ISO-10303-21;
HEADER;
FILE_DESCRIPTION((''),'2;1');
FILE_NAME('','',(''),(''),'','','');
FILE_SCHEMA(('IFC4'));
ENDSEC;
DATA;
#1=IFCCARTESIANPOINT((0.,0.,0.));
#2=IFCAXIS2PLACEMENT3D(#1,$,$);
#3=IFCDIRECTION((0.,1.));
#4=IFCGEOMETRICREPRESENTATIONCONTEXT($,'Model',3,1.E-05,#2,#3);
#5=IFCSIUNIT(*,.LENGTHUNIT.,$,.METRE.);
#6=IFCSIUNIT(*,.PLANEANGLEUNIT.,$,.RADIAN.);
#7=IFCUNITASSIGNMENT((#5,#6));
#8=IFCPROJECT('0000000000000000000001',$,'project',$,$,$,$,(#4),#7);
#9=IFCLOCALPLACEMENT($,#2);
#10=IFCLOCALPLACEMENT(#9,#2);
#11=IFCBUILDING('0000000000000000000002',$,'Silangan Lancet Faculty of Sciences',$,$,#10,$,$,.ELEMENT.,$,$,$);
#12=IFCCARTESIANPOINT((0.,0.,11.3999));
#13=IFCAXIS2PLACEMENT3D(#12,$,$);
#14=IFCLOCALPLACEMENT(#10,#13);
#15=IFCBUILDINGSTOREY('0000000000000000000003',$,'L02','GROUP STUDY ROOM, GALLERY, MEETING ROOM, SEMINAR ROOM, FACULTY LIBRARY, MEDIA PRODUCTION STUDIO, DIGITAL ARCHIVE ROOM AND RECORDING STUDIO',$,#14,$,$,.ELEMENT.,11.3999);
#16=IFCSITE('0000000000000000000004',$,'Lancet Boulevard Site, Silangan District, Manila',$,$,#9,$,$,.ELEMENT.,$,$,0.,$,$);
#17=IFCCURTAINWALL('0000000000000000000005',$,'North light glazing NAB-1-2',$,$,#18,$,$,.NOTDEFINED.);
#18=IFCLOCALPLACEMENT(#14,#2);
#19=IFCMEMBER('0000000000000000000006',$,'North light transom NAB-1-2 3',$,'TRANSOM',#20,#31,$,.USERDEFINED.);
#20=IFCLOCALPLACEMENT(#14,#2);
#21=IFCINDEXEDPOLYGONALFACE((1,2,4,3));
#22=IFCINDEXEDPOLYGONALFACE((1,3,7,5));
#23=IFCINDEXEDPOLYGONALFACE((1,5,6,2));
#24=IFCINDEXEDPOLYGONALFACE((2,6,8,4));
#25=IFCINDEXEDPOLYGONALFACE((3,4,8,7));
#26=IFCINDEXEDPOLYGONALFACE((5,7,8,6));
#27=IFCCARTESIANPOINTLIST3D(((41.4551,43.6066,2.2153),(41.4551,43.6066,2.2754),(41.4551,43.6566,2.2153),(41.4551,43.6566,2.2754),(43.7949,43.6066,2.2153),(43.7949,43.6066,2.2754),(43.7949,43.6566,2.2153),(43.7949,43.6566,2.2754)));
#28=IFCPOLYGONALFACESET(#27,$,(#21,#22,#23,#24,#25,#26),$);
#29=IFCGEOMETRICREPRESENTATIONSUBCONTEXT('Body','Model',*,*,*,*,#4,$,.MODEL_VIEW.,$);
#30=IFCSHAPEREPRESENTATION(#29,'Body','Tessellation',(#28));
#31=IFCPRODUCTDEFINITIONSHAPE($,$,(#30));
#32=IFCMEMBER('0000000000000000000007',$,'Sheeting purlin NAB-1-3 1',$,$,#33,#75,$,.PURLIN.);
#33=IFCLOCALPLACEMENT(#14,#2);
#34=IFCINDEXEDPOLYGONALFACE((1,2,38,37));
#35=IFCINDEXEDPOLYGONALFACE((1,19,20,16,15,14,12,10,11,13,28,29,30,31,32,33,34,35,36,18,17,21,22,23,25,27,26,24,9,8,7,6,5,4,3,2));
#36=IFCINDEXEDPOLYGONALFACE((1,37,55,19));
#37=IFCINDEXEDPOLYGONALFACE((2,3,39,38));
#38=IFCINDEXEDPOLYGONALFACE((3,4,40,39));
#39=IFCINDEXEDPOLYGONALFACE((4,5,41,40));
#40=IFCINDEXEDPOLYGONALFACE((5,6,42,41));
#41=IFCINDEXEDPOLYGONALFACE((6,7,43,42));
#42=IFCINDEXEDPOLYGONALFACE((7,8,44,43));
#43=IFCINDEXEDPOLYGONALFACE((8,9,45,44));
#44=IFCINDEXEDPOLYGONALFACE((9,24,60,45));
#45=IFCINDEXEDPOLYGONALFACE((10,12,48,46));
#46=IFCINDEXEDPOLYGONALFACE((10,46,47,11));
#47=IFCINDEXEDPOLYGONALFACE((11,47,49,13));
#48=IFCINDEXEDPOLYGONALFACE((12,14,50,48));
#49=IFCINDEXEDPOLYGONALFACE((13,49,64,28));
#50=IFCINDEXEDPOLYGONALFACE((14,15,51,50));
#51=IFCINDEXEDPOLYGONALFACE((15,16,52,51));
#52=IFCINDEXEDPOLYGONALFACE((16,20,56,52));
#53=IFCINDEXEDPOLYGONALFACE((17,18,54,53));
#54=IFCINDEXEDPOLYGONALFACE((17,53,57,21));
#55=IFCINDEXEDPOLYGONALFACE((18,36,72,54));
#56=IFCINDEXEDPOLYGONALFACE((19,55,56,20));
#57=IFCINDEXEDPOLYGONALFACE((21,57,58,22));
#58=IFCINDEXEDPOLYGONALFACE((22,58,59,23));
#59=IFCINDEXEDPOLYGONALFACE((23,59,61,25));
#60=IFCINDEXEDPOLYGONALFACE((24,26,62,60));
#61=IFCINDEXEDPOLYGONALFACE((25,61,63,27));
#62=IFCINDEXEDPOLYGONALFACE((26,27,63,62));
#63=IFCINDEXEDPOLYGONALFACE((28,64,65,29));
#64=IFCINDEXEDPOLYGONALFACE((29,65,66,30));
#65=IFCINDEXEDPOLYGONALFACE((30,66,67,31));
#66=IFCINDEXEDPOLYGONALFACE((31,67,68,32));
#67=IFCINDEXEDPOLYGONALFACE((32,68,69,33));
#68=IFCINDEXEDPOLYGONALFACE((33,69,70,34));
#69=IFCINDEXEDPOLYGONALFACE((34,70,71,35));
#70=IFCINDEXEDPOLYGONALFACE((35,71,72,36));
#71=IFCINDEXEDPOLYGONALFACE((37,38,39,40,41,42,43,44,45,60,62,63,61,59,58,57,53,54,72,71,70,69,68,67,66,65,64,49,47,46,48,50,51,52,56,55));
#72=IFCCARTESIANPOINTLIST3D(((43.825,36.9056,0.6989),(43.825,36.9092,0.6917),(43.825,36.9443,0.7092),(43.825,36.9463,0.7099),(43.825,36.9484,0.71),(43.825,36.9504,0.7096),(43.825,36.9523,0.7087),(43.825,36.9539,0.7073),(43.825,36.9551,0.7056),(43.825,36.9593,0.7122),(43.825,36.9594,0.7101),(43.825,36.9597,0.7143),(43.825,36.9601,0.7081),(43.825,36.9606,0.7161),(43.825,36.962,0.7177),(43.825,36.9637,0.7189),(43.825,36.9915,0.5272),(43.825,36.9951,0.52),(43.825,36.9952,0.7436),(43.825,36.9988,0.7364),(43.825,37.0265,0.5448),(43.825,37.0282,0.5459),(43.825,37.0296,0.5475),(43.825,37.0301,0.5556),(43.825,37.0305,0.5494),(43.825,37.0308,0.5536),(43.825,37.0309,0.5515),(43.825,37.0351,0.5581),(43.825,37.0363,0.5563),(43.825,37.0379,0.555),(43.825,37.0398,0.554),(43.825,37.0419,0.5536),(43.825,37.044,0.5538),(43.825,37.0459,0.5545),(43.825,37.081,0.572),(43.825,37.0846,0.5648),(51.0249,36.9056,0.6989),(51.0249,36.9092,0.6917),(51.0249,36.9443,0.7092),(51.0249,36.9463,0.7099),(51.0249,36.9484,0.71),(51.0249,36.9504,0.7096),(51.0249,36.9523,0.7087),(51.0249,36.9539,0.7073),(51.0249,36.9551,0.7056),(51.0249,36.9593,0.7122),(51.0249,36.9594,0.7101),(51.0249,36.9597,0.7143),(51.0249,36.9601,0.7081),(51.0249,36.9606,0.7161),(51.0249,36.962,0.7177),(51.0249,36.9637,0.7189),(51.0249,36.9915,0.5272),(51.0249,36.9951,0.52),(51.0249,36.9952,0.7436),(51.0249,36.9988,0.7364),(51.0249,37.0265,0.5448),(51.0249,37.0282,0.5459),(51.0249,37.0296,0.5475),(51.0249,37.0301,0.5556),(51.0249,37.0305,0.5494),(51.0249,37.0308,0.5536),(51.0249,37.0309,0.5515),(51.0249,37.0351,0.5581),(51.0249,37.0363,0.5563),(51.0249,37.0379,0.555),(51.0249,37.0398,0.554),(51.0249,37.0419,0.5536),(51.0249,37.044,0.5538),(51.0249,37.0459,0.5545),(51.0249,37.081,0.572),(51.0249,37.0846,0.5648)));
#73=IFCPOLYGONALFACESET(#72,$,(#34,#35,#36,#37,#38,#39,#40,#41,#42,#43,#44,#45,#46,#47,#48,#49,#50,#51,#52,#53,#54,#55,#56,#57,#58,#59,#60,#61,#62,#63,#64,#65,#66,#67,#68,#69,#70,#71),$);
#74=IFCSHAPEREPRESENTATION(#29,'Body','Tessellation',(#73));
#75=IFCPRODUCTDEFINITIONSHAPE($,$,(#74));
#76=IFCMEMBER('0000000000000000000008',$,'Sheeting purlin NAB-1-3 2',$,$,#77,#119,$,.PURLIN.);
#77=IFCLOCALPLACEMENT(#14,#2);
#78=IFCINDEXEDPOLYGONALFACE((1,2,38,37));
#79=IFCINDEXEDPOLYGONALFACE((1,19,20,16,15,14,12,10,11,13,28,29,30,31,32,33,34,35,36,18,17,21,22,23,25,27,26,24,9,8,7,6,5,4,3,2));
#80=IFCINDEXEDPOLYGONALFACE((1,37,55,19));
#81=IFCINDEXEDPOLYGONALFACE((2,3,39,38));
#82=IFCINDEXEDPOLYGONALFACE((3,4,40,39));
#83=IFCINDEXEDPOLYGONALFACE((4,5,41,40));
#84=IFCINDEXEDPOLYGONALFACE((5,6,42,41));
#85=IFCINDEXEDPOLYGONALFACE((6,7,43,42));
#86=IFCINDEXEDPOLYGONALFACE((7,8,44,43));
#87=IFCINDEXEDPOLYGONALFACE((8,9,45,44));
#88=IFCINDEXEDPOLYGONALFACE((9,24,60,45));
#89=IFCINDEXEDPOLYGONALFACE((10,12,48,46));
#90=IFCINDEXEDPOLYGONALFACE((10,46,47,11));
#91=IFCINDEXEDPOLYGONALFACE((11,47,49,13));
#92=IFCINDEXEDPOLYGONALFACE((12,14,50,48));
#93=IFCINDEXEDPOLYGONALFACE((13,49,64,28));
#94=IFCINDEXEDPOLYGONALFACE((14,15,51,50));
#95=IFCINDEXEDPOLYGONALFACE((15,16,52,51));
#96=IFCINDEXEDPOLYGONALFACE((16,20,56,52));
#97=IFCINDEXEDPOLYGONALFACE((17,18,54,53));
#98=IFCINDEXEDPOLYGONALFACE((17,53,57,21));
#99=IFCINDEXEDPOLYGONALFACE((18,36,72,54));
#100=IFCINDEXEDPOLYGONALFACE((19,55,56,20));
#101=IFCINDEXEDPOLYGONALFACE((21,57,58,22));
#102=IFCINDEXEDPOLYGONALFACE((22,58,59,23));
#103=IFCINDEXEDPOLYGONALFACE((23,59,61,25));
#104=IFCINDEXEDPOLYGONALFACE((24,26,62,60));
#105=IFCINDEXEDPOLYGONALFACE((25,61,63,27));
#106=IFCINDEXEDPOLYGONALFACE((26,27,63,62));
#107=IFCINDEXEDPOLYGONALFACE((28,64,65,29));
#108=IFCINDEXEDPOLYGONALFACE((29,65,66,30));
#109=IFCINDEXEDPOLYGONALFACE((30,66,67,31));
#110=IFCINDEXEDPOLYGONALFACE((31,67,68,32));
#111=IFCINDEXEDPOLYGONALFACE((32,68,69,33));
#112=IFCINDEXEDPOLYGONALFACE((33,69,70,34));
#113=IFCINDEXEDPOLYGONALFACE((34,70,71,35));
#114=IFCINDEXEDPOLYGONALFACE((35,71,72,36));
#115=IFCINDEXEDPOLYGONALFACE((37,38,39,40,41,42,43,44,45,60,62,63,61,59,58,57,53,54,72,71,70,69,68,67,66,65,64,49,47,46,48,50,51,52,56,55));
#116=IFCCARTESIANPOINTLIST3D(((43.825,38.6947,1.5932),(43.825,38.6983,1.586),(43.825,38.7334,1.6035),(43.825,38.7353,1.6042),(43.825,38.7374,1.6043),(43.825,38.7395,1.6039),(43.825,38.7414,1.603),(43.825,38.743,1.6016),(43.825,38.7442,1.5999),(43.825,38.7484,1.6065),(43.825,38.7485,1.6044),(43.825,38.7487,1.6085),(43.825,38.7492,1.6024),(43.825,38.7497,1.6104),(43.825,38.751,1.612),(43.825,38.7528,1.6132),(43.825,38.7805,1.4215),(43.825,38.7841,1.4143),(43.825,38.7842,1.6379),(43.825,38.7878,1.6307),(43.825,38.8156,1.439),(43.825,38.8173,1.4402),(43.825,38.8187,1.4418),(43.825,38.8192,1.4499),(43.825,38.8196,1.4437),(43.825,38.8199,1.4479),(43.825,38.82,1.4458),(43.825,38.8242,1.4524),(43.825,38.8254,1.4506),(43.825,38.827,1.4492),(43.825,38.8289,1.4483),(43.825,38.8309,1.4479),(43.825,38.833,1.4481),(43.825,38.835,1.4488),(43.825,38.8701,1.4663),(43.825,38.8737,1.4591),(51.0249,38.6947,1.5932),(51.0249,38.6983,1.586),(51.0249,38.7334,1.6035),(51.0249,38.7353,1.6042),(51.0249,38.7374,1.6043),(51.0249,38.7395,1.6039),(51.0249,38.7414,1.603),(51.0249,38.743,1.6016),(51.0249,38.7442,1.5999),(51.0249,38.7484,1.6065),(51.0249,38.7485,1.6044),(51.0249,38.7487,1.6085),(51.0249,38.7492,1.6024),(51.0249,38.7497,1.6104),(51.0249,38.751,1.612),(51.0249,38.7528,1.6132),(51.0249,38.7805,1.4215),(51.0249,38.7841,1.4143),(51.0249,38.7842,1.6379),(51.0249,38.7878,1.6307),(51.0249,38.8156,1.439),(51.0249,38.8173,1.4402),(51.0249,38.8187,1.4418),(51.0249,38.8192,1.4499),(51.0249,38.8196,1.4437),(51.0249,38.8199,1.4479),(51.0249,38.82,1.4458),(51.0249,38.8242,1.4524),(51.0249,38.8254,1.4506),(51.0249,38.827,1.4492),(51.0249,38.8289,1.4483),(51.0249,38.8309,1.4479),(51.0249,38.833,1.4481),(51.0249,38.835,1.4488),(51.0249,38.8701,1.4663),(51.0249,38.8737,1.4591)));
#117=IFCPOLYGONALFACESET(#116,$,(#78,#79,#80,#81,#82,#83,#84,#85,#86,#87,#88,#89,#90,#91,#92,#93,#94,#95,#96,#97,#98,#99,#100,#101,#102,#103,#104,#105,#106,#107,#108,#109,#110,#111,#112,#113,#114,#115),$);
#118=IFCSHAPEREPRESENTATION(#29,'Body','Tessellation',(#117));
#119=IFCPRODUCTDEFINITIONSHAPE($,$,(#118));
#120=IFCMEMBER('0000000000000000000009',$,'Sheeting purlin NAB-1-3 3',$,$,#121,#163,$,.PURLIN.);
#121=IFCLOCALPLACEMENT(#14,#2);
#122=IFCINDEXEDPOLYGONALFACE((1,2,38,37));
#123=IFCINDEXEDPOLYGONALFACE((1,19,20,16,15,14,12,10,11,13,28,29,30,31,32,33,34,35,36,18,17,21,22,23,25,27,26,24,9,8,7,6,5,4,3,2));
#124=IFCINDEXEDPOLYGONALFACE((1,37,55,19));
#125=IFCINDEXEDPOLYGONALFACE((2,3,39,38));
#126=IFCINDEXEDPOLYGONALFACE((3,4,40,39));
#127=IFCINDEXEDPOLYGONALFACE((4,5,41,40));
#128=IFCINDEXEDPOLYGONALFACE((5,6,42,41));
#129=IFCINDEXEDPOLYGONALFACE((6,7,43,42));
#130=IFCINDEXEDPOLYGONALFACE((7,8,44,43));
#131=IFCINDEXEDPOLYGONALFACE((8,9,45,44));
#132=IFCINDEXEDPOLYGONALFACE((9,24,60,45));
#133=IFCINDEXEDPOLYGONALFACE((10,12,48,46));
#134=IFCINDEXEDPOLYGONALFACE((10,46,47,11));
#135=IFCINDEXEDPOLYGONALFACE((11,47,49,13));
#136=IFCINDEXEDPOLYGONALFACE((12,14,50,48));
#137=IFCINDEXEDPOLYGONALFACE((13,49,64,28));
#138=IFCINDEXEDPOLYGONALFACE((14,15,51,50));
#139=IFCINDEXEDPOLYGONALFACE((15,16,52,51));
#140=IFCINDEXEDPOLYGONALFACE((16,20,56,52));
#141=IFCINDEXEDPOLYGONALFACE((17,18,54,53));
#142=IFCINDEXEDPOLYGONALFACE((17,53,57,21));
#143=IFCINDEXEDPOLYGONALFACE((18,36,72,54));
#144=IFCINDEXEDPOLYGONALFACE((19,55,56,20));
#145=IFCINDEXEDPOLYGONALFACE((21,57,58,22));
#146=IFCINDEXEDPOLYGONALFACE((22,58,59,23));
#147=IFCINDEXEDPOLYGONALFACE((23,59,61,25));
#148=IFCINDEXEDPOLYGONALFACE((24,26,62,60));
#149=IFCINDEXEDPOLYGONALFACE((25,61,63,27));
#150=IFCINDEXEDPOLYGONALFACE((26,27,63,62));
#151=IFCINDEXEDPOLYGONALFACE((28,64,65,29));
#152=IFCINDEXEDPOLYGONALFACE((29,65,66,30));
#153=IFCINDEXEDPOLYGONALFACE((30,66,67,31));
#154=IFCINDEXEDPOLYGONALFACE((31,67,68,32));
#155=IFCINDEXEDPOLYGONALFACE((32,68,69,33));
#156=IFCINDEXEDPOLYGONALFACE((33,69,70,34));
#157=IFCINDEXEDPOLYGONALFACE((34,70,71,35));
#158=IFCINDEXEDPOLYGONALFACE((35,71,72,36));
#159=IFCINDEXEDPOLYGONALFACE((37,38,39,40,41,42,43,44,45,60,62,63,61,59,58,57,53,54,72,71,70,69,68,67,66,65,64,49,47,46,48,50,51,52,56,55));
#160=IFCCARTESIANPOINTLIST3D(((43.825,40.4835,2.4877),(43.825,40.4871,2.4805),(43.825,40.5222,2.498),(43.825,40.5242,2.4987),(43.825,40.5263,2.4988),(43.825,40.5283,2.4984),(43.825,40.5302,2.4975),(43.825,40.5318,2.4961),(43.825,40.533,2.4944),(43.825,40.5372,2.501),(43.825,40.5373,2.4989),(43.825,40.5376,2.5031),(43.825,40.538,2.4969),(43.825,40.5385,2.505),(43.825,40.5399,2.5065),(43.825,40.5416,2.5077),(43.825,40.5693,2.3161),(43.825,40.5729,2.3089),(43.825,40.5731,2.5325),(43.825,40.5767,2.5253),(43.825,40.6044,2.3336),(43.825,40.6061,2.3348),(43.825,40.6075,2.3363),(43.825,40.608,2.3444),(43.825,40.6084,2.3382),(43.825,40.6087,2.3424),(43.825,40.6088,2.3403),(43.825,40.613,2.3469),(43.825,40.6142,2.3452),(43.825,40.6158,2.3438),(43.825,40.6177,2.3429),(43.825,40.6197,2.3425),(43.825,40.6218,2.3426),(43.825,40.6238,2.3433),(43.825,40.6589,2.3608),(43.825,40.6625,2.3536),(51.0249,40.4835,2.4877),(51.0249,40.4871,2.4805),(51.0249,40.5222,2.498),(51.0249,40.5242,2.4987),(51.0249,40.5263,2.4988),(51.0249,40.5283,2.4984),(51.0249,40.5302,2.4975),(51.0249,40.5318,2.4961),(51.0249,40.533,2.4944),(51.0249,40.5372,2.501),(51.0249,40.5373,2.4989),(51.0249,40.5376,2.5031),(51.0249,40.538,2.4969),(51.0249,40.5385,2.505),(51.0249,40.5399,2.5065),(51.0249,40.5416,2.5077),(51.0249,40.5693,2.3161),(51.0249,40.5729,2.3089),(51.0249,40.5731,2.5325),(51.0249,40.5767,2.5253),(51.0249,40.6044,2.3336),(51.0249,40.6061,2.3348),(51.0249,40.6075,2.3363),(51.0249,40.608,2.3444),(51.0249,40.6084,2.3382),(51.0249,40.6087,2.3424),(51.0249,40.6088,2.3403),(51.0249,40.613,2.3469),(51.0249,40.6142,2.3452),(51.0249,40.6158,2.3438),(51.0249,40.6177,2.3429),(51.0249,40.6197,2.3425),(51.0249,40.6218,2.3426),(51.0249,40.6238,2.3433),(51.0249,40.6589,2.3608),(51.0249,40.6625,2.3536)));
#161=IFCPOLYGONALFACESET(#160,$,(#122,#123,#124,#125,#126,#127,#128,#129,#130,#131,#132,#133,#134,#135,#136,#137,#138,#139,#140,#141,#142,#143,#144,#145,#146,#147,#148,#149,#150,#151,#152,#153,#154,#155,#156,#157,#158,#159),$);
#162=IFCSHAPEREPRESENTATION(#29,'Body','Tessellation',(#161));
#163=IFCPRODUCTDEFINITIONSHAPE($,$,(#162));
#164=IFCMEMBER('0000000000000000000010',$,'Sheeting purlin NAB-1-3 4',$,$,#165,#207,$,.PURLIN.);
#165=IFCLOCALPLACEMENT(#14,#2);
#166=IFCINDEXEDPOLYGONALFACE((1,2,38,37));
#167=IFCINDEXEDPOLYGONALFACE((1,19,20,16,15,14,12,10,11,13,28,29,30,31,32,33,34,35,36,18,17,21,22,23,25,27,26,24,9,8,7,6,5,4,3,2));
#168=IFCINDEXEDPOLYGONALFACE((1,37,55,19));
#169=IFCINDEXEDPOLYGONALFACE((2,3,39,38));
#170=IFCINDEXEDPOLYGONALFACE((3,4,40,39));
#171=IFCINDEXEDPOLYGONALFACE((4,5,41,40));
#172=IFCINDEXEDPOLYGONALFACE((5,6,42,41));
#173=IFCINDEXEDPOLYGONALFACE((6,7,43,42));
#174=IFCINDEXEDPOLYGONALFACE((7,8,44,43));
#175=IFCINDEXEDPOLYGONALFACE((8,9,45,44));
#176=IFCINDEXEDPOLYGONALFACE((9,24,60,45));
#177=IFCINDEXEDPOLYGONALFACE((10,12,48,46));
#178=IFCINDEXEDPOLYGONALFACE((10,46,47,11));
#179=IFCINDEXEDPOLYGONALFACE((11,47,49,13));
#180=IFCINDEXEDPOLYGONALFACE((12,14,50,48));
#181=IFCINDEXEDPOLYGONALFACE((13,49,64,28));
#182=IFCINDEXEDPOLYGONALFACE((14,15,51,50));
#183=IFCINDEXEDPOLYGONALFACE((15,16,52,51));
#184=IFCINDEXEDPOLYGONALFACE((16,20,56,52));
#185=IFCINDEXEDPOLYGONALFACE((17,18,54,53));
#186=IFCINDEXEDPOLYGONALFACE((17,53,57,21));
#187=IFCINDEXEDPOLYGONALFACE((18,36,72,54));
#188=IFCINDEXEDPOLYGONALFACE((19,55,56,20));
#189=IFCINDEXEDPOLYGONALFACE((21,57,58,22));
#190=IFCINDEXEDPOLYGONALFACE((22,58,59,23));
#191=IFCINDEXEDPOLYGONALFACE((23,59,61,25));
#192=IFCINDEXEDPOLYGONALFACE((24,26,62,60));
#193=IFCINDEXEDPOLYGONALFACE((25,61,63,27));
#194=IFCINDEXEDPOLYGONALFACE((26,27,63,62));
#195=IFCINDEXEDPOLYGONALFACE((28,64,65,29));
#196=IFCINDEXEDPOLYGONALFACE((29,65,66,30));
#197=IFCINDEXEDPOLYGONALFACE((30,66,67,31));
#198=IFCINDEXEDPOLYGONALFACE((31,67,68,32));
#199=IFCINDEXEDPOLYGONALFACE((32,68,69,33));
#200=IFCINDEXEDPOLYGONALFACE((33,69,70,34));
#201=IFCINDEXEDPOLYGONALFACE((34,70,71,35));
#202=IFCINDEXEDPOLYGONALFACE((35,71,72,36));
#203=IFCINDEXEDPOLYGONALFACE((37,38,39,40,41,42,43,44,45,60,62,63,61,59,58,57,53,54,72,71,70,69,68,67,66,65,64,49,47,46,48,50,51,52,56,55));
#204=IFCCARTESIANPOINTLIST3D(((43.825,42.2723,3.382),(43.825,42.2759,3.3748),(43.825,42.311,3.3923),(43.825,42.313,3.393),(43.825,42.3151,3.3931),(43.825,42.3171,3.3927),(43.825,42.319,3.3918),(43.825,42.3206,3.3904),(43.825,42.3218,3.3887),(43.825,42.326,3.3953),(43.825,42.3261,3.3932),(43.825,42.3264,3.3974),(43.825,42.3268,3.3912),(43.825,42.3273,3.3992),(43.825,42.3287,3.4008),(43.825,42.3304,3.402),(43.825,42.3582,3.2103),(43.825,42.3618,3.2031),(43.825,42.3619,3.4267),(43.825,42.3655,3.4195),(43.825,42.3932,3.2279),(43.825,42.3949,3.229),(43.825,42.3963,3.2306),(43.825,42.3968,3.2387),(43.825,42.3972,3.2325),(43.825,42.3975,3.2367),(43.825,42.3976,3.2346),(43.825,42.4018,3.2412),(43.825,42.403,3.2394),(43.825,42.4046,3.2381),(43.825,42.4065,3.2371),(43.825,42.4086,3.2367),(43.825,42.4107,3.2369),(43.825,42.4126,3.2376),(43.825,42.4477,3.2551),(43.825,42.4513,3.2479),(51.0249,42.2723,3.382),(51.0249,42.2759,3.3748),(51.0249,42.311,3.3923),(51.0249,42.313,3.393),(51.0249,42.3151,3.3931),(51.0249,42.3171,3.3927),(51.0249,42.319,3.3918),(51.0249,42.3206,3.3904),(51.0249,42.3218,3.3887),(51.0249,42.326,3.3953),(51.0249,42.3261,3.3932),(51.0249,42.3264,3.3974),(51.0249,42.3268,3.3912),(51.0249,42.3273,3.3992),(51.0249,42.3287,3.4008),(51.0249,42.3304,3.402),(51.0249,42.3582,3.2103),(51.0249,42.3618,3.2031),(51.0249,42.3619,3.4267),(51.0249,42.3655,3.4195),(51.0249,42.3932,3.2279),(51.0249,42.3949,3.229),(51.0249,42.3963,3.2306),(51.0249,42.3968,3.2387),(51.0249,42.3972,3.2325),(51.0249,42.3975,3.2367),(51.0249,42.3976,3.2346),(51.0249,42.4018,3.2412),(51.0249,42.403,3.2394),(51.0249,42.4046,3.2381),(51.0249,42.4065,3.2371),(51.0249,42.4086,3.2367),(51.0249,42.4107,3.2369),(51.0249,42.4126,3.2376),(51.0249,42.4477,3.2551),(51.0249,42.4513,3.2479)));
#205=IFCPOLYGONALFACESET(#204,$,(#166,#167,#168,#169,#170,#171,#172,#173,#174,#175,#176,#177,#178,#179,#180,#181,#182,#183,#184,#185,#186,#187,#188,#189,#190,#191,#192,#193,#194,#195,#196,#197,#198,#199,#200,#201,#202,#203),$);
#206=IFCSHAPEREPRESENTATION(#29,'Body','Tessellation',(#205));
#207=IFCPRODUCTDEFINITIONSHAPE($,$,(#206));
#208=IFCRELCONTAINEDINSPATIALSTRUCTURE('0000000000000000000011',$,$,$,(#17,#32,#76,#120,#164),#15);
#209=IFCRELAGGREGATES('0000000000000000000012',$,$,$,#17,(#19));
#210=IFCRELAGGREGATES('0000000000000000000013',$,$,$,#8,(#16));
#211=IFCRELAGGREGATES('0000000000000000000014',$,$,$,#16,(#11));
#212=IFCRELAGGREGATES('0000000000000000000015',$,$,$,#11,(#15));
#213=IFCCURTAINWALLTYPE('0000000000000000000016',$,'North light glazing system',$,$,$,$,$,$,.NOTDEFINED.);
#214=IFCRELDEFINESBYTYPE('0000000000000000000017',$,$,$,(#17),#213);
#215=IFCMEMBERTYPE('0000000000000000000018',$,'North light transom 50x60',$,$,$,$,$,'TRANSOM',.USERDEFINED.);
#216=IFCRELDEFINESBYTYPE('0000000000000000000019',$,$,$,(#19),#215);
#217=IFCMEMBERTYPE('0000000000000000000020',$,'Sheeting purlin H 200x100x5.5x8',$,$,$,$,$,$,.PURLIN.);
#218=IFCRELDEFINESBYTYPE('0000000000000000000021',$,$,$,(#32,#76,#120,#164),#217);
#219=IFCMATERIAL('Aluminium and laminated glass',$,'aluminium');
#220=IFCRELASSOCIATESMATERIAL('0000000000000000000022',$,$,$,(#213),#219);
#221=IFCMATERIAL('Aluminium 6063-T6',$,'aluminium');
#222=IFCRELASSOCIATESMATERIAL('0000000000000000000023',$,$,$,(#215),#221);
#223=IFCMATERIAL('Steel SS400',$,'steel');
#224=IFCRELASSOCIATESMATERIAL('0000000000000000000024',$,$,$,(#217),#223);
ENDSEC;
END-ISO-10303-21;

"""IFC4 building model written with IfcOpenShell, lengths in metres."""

from ifc_helpers import new_model, si_unit, direction, frame, origin, origin_2d, place, context, subcontext, project, spatial, rectangle, i_section, extrude, material, material_profile, profile_set, type_object, element, aggregate, save


model = new_model("IFC4")

# Units and contexts
model_context = context("Model", 3, precision=1e-05, world=origin(), true_north=direction((0.0, 1.0)))
body_context = subcontext(model_context, "Body", "Model", "MODEL_VIEW")
ifc_project = project(units=[si_unit("LENGTHUNIT", "METRE"), si_unit("PLANEANGLEUNIT", "RADIAN")], contexts=[model_context])

# Site, building, storey
site_placement = place(None, origin())
site = spatial("IfcSite", under=ifc_project, at=site_placement, Name="Lancet Boulevard Site, Silangan District, Manila", CompositionType="ELEMENT", RefElevation=0.0)
building_placement = place(site_placement, origin())
building = spatial("IfcBuilding", under=site, at=building_placement, Name="Silangan Lancet Faculty of Sciences", CompositionType="ELEMENT")
storey_placement = place(building_placement, frame((0.0, 0.0, 11.3999)))
storey = spatial("IfcBuildingStorey", under=building, at=storey_placement, Name="L02", Description="GROUP STUDY ROOM, GALLERY, MEETING ROOM, SEMINAR ROOM, FACULTY LIBRARY, MEDIA PRODUCTION STUDIO, DIGITAL ARCHIVE ROOM AND RECORDING STUDIO", CompositionType="ELEMENT", Elevation=11.3999)

# Curtain wall, member
ifc_material_1 = material(Name="Aluminium and laminated glass", Category="aluminium")
curtain_wall_type_1 = type_object("IfcCurtainWallType", Name="North light glazing system", PredefinedType="NOTDEFINED", material=ifc_material_1)
curtain_wall_1_placement = place(storey_placement, origin())
curtain_wall_1 = element("IfcCurtainWall", 1, at=curtain_wall_1_placement, inside=storey, type_object=curtain_wall_type_1, Name="North light glazing NAB-1-2", PredefinedType="NOTDEFINED")
ifc_material_2 = material(Name="Aluminium 6063-T6", Category="aluminium")
ifc_material_profile_1 = material_profile(ifc_material_2, rectangle(XDim=0.05, YDim=0.0601, at=origin_2d()), Name="AL 50x60")
ifc_profile_set_1 = profile_set([ifc_material_profile_1], Name="Aluminium 6063-T6")
member_type_1 = type_object("IfcMemberType", Name="North light transom 50x60", ElementType="TRANSOM", PredefinedType="USERDEFINED", material=ifc_profile_set_1)
member_1_placement = place(storey_placement, frame((41.4551, 43.6316, 2.2454), z_axis=(1.0, 0.0, 0.0), x_axis=(0.0, 1.0, 0.0)))
member_1 = element("IfcMember", 2, at=member_1_placement, type_object=member_type_1, Name="North light transom NAB-1-2 3", ObjectType="TRANSOM", PredefinedType="USERDEFINED", context=body_context, shape_type="SweptSolid", body=[
    extrude(rectangle(XDim=0.05, YDim=0.0601, at=origin_2d()), origin(), (0.0, 0.0, 1.0), 2.3398),
])

# Members
ifc_material_3 = material(Name="Steel SS400", Category="steel")
ifc_material_profile_2 = material_profile(ifc_material_3, i_section(OverallWidth=0.1001, OverallDepth=0.2, WebThickness=0.0056, FlangeThickness=0.0081, FilletRadius=0.0081, at=origin_2d()), Name="H 200x100x5.5x8")
ifc_profile_set_2 = profile_set([ifc_material_profile_2], Name="Steel SS400")
member_type_2 = type_object("IfcMemberType", Name="Sheeting purlin H 200x100x5.5x8", PredefinedType="PURLIN", material=ifc_profile_set_2)
for number, where, z_axis, x_axis, name in (
    (3, (43.825, 36.9951, 0.6318), (1.0, 0.0, 0.0), (0.0, 0.894427, 0.447214), "Sheeting purlin NAB-1-3 1"),
    (4, (43.825, 38.7842, 1.5261), (1.0, 0.0, 0.0), (0.0, 0.894427, 0.447214), "Sheeting purlin NAB-1-3 2"),
    (5, (43.825, 40.573, 2.4207), (1.0, 0.0, 0.0), (0.0, 0.894427, 0.447214), "Sheeting purlin NAB-1-3 3"),
    (6, (43.825, 42.3618, 3.3149), (1.0, 0.0, 0.0), (0.0, 0.894427, 0.447214), "Sheeting purlin NAB-1-3 4"),
):
    element("IfcMember", number, at=place(storey_placement, frame(where, z_axis=z_axis, x_axis=x_axis)), inside=storey, type_object=member_type_2, Name=name, PredefinedType="PURLIN", context=body_context, shape_type="SweptSolid", body=[
        extrude(i_section(OverallWidth=0.1001, OverallDepth=0.2, WebThickness=0.0056, FlangeThickness=0.0081, FilletRadius=0.0081, at=origin_2d()), origin(), (0.0, 0.0, 1.0), 7.2),
    ])

aggregate(curtain_wall_1, [member_1])

save(model, "model.ifc")
